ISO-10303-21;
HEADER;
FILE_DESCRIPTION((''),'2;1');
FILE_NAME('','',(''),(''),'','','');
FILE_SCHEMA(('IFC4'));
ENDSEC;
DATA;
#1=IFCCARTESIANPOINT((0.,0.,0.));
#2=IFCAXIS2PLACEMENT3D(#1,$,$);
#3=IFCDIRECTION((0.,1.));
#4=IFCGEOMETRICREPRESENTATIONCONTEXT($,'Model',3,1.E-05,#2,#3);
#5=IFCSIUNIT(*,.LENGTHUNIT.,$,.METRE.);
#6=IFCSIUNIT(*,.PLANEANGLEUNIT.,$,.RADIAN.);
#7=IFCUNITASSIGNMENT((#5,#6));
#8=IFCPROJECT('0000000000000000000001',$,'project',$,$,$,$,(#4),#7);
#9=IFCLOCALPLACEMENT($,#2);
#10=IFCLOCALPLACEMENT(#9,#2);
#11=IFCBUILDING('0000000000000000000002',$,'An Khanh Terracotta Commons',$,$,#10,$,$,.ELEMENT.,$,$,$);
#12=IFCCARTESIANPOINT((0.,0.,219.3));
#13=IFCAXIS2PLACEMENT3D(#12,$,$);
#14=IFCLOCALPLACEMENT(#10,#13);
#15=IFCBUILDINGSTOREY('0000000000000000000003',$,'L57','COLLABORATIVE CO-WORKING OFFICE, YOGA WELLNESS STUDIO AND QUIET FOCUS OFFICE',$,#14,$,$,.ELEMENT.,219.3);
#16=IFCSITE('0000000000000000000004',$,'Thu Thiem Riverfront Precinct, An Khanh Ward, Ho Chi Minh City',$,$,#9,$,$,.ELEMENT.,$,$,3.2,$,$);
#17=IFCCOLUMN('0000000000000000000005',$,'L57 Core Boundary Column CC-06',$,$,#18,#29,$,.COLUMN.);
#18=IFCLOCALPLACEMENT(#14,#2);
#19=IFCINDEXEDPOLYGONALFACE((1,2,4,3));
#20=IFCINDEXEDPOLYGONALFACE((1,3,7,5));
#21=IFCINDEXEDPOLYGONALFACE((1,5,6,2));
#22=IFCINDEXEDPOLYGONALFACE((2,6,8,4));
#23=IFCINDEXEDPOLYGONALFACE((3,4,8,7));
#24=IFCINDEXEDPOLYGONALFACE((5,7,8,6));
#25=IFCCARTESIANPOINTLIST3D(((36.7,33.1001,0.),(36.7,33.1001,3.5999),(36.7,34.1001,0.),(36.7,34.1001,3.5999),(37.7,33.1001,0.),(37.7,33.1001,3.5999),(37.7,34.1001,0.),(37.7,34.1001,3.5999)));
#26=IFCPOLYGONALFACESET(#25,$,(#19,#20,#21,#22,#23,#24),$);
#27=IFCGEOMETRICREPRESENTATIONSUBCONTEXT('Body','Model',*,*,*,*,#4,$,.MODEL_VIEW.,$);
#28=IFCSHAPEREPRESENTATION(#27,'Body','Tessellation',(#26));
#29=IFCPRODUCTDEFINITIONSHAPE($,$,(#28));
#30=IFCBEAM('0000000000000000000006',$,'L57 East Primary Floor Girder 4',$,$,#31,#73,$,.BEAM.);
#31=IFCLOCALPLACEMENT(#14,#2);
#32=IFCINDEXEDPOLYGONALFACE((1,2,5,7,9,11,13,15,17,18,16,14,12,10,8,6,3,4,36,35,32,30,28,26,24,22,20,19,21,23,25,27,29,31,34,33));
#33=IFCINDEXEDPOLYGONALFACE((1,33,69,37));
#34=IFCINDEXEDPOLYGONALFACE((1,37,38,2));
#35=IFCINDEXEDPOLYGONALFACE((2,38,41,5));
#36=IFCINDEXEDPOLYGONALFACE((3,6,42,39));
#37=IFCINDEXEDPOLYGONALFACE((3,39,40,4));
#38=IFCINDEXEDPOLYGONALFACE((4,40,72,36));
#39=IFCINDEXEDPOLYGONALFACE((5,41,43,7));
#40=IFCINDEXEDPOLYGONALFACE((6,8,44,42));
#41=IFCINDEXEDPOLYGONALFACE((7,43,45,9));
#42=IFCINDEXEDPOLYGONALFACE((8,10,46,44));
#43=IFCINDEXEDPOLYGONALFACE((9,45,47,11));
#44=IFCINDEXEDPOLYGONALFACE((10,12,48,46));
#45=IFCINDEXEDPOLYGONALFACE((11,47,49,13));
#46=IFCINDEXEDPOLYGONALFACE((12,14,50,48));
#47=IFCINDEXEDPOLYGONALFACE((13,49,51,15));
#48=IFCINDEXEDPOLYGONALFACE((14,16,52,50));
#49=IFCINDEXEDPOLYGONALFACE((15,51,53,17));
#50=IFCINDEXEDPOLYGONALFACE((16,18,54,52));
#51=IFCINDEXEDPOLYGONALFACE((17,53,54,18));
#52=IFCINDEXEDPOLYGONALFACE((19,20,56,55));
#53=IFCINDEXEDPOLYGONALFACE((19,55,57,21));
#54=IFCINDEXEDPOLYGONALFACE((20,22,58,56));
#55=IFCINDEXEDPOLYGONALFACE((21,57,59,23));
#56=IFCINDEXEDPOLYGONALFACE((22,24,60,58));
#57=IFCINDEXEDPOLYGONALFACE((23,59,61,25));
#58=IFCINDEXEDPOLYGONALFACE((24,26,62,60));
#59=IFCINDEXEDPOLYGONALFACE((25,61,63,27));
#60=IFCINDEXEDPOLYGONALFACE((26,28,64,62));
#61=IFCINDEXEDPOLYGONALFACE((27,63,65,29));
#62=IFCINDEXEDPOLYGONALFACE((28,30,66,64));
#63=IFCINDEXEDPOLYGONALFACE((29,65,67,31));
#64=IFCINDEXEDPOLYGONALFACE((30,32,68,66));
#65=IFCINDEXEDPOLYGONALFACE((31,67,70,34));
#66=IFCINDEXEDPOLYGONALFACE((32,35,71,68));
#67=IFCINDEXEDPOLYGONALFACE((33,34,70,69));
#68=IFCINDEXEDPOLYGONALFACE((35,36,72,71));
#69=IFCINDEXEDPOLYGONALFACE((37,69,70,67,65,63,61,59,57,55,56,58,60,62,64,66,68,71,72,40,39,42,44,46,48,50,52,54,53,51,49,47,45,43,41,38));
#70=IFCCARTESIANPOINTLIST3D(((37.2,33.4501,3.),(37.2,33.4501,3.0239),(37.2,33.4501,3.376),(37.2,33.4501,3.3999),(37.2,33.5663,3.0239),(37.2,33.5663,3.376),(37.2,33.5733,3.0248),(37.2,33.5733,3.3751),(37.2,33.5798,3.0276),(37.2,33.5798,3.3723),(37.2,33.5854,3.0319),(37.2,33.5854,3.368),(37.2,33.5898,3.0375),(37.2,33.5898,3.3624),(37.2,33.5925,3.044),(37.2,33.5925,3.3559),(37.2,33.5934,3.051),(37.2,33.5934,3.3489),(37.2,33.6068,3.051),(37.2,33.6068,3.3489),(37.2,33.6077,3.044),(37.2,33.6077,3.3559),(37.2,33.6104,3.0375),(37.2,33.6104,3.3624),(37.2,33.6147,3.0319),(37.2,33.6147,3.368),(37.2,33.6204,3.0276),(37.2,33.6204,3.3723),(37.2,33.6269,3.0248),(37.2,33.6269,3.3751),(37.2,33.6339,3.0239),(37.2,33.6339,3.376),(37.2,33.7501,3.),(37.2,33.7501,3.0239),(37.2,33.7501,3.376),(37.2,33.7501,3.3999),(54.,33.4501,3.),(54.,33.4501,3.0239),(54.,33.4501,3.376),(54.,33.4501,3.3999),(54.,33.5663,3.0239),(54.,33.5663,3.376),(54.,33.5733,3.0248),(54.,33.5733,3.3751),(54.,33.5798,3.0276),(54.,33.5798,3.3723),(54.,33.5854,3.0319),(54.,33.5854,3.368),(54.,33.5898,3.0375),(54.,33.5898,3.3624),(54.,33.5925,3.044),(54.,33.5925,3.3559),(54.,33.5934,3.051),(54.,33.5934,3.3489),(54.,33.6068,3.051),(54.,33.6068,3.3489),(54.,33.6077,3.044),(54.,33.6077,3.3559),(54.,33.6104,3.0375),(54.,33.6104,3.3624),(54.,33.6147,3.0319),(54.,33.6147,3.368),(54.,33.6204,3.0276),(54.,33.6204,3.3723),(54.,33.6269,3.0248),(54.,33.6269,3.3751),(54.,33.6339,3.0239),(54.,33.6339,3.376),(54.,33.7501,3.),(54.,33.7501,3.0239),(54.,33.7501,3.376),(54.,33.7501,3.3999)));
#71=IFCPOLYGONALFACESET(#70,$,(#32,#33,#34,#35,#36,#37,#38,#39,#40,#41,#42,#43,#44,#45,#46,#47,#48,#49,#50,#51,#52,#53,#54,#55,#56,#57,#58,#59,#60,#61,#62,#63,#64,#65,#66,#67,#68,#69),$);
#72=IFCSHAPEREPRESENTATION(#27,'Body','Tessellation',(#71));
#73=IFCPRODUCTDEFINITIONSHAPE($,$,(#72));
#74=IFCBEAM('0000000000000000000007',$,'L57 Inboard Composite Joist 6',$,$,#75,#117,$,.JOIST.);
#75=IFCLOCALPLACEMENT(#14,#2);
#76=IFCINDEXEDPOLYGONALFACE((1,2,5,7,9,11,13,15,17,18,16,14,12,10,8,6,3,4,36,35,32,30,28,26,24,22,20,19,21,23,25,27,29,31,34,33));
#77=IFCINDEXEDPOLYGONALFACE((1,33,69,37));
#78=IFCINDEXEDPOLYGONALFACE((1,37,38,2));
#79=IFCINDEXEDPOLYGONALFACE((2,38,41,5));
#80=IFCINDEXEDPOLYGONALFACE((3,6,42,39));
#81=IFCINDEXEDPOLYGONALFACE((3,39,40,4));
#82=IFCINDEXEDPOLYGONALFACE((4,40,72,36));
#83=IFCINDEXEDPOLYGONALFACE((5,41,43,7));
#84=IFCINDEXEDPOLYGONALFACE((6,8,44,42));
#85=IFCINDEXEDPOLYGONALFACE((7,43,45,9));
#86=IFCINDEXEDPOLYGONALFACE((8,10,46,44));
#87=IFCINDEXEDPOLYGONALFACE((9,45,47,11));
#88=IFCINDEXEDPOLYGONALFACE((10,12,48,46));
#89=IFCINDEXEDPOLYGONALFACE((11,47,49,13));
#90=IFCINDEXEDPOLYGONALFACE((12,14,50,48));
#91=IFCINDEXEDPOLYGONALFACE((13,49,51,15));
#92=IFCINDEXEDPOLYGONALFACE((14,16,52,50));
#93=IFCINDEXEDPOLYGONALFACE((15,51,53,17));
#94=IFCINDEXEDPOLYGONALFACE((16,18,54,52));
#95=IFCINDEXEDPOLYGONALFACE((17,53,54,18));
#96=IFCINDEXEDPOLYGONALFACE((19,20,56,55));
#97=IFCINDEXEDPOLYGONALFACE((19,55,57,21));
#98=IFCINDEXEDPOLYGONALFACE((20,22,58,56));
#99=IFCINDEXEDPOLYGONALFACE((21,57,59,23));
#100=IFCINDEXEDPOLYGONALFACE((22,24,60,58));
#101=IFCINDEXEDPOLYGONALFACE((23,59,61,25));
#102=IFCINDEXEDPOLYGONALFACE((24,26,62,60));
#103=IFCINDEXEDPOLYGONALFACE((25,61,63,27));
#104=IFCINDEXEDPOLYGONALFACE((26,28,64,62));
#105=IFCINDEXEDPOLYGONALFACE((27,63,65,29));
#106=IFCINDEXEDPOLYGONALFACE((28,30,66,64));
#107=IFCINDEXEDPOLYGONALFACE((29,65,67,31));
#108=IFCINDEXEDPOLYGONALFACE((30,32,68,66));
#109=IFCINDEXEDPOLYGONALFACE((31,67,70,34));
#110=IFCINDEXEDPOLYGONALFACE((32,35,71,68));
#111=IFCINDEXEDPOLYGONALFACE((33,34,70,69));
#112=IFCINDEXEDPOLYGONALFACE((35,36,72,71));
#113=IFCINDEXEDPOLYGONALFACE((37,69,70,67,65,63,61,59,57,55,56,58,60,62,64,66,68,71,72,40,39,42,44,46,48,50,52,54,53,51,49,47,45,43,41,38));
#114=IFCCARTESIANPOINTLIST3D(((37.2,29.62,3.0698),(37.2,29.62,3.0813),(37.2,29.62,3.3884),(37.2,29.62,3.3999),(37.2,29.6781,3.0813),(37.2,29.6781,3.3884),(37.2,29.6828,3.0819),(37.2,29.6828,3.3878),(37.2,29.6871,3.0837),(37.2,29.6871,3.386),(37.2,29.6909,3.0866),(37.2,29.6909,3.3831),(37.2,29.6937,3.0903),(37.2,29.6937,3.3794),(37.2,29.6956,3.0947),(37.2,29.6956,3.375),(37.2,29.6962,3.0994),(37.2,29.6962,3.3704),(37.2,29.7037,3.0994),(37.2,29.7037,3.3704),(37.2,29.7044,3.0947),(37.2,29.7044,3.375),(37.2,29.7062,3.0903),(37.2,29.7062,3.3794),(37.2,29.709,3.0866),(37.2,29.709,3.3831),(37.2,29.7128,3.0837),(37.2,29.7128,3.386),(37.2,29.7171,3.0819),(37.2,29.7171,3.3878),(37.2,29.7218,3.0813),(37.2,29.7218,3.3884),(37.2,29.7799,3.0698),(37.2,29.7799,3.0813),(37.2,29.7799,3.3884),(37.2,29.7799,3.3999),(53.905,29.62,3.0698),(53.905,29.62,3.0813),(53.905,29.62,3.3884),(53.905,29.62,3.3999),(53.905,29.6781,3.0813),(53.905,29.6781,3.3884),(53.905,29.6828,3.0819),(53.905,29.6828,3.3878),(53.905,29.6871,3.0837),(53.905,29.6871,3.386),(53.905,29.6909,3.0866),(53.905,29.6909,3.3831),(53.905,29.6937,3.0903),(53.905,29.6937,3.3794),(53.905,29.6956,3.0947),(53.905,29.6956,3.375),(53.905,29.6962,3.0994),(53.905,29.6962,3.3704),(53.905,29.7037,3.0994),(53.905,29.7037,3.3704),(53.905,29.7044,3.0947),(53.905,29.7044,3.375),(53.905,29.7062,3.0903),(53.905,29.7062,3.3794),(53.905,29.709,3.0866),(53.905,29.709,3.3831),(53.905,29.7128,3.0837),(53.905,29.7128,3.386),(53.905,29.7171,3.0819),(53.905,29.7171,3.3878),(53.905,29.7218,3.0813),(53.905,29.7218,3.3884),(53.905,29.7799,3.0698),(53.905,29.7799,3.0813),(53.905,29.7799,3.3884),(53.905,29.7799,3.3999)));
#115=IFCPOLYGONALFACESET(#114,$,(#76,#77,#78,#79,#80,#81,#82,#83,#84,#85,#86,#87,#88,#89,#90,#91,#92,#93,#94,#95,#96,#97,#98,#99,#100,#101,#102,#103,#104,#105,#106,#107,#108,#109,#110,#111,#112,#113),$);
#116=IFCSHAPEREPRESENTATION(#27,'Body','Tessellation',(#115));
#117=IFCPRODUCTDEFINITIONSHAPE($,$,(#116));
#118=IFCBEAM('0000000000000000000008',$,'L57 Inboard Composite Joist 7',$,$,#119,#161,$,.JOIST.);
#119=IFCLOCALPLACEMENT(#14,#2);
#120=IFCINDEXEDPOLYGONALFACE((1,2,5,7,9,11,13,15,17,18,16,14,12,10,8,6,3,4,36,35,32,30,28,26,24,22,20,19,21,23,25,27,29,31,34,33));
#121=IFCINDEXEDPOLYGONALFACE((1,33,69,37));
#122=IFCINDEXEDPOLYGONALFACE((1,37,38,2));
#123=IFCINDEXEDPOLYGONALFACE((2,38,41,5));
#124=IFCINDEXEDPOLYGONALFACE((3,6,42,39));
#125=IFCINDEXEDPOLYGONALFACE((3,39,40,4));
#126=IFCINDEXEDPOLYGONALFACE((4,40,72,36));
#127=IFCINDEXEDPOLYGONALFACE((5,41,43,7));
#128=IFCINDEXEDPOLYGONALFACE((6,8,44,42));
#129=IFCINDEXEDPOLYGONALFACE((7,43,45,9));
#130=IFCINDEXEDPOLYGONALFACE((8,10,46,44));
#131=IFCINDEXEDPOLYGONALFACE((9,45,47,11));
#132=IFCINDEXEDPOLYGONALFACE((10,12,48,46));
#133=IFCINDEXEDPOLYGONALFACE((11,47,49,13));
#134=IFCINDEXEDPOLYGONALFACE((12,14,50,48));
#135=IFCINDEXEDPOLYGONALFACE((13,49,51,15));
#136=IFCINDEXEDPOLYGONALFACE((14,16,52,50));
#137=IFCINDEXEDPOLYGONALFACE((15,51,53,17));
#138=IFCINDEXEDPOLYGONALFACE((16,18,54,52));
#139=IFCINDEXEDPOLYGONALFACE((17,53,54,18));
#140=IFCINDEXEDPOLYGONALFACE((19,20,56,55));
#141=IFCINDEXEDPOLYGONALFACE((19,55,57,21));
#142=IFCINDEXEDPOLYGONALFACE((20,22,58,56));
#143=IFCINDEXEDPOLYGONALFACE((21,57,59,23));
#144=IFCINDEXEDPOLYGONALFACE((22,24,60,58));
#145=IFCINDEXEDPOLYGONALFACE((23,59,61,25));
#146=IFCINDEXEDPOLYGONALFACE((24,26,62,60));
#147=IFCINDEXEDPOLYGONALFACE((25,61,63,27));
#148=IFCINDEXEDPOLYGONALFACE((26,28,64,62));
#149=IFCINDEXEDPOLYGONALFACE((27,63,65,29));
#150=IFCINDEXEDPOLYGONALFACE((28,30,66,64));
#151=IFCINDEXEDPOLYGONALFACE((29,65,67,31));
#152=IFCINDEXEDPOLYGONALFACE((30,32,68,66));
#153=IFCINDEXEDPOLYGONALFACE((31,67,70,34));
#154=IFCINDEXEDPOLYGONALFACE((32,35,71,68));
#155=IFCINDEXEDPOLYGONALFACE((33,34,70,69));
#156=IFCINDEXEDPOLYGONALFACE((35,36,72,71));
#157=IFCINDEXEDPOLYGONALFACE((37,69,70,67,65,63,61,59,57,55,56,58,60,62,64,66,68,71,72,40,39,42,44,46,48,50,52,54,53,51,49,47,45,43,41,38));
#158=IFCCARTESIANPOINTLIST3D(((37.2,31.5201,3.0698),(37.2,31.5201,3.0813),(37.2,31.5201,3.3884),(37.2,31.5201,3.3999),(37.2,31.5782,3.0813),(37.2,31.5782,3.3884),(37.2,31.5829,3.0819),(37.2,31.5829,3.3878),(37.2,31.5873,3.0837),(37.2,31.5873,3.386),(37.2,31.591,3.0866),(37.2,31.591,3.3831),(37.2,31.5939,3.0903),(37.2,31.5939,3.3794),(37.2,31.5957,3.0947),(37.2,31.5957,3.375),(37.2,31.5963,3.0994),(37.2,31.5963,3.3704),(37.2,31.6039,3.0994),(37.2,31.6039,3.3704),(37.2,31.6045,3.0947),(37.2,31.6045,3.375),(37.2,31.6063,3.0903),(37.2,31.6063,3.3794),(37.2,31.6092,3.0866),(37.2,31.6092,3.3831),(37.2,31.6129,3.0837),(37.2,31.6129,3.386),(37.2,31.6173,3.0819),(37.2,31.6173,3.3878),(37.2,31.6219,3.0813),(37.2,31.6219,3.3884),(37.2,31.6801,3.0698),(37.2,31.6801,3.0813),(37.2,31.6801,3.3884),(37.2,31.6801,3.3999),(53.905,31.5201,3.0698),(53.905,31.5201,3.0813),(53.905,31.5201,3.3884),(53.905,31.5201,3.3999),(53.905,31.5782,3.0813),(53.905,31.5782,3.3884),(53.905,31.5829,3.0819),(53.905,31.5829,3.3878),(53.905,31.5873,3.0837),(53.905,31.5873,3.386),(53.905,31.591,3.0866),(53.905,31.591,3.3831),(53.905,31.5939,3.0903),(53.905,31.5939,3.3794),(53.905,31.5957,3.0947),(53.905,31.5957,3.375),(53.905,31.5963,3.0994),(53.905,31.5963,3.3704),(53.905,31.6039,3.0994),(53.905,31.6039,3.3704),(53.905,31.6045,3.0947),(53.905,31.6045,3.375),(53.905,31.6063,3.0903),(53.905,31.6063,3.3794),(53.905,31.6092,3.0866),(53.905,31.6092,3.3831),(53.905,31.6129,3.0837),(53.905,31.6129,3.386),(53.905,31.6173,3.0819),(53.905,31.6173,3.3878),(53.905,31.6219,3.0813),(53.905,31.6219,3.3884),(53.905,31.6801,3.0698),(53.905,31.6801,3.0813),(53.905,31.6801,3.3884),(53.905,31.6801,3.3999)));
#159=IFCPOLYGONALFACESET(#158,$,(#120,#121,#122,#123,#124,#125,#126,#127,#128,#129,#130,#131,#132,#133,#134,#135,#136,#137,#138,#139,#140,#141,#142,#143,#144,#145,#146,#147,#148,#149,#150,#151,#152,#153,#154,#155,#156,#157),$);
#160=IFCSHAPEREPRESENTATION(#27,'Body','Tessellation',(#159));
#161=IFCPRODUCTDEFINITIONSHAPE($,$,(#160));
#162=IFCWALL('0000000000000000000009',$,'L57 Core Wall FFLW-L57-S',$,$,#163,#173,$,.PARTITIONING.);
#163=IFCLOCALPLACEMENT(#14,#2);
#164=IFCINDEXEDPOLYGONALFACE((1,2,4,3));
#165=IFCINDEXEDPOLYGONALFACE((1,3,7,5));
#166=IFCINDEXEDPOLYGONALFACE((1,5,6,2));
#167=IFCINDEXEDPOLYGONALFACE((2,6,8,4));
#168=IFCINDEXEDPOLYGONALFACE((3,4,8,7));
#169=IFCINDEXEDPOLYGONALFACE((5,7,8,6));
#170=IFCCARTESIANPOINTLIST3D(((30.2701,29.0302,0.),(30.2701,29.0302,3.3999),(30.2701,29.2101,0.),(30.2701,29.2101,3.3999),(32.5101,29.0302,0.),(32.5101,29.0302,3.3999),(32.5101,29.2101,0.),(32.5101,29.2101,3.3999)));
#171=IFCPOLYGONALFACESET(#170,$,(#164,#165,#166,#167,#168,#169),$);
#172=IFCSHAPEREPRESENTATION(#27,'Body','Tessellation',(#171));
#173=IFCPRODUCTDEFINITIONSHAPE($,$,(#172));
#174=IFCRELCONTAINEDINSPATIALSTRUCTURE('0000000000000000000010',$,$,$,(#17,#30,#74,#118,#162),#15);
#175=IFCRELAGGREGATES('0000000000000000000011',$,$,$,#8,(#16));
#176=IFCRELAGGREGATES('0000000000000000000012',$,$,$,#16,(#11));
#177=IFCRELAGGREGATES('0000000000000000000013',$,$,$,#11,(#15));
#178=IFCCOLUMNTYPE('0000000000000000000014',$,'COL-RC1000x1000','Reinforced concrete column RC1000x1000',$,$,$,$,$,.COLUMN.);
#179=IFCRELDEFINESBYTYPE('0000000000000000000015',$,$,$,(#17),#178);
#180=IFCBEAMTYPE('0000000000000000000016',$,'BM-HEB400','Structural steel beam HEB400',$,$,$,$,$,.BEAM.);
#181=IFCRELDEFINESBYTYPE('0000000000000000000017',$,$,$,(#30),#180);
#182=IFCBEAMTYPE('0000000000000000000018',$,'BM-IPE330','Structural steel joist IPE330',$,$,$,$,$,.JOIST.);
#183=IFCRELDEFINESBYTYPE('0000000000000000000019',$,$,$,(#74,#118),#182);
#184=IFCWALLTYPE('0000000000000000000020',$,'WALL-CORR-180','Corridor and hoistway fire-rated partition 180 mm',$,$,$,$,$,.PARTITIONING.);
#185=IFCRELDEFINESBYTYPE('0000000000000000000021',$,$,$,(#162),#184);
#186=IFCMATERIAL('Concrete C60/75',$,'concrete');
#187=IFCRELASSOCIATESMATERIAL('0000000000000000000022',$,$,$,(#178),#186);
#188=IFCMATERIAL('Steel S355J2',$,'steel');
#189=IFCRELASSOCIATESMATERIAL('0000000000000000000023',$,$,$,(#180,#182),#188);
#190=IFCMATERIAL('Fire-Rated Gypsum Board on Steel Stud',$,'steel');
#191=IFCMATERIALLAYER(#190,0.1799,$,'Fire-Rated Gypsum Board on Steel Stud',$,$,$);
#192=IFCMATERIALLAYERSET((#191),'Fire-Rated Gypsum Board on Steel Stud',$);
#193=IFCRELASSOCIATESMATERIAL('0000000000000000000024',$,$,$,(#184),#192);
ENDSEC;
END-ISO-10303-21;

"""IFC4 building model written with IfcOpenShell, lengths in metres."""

from ifc_helpers import new_model, si_unit, direction, frame, frame_2d, origin, origin_2d, place, context, subcontext, project, spatial, rectangle, i_section, extrude, material, layer, layer_set, material_profile, profile_set, type_object, element, save


model = new_model("IFC4")

# Units and contexts
model_context = context("Model", 3, precision=1e-05, world=origin(), true_north=direction((0.0, 1.0)))
body_context = subcontext(model_context, "Body", "Model", "MODEL_VIEW")
ifc_project = project(units=[si_unit("LENGTHUNIT", "METRE"), si_unit("PLANEANGLEUNIT", "RADIAN")], contexts=[model_context])

# Site, building, storey
site_placement = place(None, origin())
site = spatial("IfcSite", under=ifc_project, at=site_placement, Name="Thu Thiem Riverfront Precinct, An Khanh Ward, Ho Chi Minh City", CompositionType="ELEMENT", RefElevation=3.2)
building_placement = place(site_placement, origin())
building = spatial("IfcBuilding", under=site, at=building_placement, Name="An Khanh Terracotta Commons", CompositionType="ELEMENT")
storey_placement = place(building_placement, frame((0.0, 0.0, 219.3)))
storey = spatial("IfcBuildingStorey", under=building, at=storey_placement, Name="L57", Description="COLLABORATIVE CO-WORKING OFFICE, YOGA WELLNESS STUDIO AND QUIET FOCUS OFFICE", CompositionType="ELEMENT", Elevation=219.3)

# Column
ifc_material_1 = material(Name="Concrete C60/75", Category="concrete")
ifc_material_profile_1 = material_profile(ifc_material_1, rectangle(XDim=1.0, YDim=1.0, at=origin_2d()), Name="RC1000x1000")
ifc_profile_set_1 = profile_set([ifc_material_profile_1], Name="Concrete C60/75")
column_type = type_object("IfcColumnType", Name="COL-RC1000x1000", Description="Reinforced concrete column RC1000x1000", PredefinedType="COLUMN", material=ifc_profile_set_1)
column_placement = place(storey_placement, frame((37.2, 33.6001, 0.0), z_axis=(0.0, 0.0, 1.0), x_axis=(1.0, 0.0, 0.0)))
element("IfcColumn", 1, at=column_placement, inside=storey, type_object=column_type, Name="L57 Core Boundary Column CC-06", PredefinedType="COLUMN", context=body_context, shape_type="SweptSolid", body=[
    extrude(rectangle(XDim=1.0, YDim=1.0, at=origin_2d()), origin(), (0.0, 0.0, 1.0), 3.5999),
])

# Beams
ifc_material_2 = material(Name="Steel S355J2", Category="steel")
ifc_material_profile_2 = material_profile(ifc_material_2, i_section(OverallWidth=0.3, OverallDepth=0.3999, WebThickness=0.0134, FlangeThickness=0.0239, FilletRadius=0.0271, at=origin_2d()), Name="HEB400")
ifc_profile_set_2 = profile_set([ifc_material_profile_2], Name="Steel S355J2")
beam_type_1 = type_object("IfcBeamType", Name="BM-HEB400", Description="Structural steel beam HEB400", PredefinedType="BEAM", material=ifc_profile_set_2)
beam_placement = place(storey_placement, frame((37.2, 33.6001, 3.2), z_axis=(1.0, 0.0, 0.0), x_axis=(0.0, 1.0, 0.0)))
element("IfcBeam", 2, at=beam_placement, inside=storey, type_object=beam_type_1, Name="L57 East Primary Floor Girder 4", PredefinedType="BEAM", context=body_context, shape_type="SweptSolid", body=[
    extrude(i_section(OverallWidth=0.3, OverallDepth=0.3999, WebThickness=0.0134, FlangeThickness=0.0239, FilletRadius=0.0271, at=origin_2d()), origin(), (0.0, 0.0, 1.0), 16.8),
])
ifc_material_profile_3 = material_profile(ifc_material_2, i_section(OverallWidth=0.1599, OverallDepth=0.3301, WebThickness=0.0076, FlangeThickness=0.0115, FilletRadius=0.0181, at=origin_2d()), Name="IPE330")
ifc_profile_set_3 = profile_set([ifc_material_profile_3], Name="Steel S355J2")
beam_type_2 = type_object("IfcBeamType", Name="BM-IPE330", Description="Structural steel joist IPE330", PredefinedType="JOIST", material=ifc_profile_set_3)
for number, where, z_axis, x_axis, name in (
    (3, (37.2, 29.7, 3.2349), (1.0, 0.0, 0.0), (0.0, 1.0, 0.0), "L57 Inboard Composite Joist 6"),
    (4, (37.2, 31.6001, 3.2349), (1.0, 0.0, 0.0), (0.0, 1.0, 0.0), "L57 Inboard Composite Joist 7"),
):
    element("IfcBeam", number, at=place(storey_placement, frame(where, z_axis=z_axis, x_axis=x_axis)), inside=storey, type_object=beam_type_2, Name=name, PredefinedType="JOIST", context=body_context, shape_type="SweptSolid", body=[
        extrude(i_section(OverallWidth=0.1599, OverallDepth=0.3301, WebThickness=0.0076, FlangeThickness=0.0115, FilletRadius=0.0181, at=origin_2d()), origin(), (0.0, 0.0, 1.0), 16.7051),
    ])

# Wall
ifc_material_3 = material(Name="Fire-Rated Gypsum Board on Steel Stud", Category="steel")
ifc_layer_1 = layer(ifc_material_3, 0.1799, Name="Fire-Rated Gypsum Board on Steel Stud")
ifc_layer_set_1 = layer_set([ifc_layer_1], Name="Fire-Rated Gypsum Board on Steel Stud")
wall_type_1 = type_object("IfcWallType", Name="WALL-CORR-180", Description="Corridor and hoistway fire-rated partition 180 mm", PredefinedType="PARTITIONING", material=ifc_layer_set_1)
wall_1_placement = place(storey_placement, frame((30.27, 29.1201, 0.0), z_axis=(0.0, 0.0, 1.0), x_axis=(1.0, 0.0, 0.0)))
element("IfcWall", 5, at=wall_1_placement, inside=storey, type_object=wall_type_1, Name="L57 Core Wall FFLW-L57-S", PredefinedType="PARTITIONING", context=body_context, shape_type="SweptSolid", body=[
    extrude(rectangle(XDim=2.24, YDim=0.1799, at=frame_2d((1.1201, 0.0))), origin(), (0.0, 0.0, 1.0), 3.3999),
])

save(model, "model.ifc")
